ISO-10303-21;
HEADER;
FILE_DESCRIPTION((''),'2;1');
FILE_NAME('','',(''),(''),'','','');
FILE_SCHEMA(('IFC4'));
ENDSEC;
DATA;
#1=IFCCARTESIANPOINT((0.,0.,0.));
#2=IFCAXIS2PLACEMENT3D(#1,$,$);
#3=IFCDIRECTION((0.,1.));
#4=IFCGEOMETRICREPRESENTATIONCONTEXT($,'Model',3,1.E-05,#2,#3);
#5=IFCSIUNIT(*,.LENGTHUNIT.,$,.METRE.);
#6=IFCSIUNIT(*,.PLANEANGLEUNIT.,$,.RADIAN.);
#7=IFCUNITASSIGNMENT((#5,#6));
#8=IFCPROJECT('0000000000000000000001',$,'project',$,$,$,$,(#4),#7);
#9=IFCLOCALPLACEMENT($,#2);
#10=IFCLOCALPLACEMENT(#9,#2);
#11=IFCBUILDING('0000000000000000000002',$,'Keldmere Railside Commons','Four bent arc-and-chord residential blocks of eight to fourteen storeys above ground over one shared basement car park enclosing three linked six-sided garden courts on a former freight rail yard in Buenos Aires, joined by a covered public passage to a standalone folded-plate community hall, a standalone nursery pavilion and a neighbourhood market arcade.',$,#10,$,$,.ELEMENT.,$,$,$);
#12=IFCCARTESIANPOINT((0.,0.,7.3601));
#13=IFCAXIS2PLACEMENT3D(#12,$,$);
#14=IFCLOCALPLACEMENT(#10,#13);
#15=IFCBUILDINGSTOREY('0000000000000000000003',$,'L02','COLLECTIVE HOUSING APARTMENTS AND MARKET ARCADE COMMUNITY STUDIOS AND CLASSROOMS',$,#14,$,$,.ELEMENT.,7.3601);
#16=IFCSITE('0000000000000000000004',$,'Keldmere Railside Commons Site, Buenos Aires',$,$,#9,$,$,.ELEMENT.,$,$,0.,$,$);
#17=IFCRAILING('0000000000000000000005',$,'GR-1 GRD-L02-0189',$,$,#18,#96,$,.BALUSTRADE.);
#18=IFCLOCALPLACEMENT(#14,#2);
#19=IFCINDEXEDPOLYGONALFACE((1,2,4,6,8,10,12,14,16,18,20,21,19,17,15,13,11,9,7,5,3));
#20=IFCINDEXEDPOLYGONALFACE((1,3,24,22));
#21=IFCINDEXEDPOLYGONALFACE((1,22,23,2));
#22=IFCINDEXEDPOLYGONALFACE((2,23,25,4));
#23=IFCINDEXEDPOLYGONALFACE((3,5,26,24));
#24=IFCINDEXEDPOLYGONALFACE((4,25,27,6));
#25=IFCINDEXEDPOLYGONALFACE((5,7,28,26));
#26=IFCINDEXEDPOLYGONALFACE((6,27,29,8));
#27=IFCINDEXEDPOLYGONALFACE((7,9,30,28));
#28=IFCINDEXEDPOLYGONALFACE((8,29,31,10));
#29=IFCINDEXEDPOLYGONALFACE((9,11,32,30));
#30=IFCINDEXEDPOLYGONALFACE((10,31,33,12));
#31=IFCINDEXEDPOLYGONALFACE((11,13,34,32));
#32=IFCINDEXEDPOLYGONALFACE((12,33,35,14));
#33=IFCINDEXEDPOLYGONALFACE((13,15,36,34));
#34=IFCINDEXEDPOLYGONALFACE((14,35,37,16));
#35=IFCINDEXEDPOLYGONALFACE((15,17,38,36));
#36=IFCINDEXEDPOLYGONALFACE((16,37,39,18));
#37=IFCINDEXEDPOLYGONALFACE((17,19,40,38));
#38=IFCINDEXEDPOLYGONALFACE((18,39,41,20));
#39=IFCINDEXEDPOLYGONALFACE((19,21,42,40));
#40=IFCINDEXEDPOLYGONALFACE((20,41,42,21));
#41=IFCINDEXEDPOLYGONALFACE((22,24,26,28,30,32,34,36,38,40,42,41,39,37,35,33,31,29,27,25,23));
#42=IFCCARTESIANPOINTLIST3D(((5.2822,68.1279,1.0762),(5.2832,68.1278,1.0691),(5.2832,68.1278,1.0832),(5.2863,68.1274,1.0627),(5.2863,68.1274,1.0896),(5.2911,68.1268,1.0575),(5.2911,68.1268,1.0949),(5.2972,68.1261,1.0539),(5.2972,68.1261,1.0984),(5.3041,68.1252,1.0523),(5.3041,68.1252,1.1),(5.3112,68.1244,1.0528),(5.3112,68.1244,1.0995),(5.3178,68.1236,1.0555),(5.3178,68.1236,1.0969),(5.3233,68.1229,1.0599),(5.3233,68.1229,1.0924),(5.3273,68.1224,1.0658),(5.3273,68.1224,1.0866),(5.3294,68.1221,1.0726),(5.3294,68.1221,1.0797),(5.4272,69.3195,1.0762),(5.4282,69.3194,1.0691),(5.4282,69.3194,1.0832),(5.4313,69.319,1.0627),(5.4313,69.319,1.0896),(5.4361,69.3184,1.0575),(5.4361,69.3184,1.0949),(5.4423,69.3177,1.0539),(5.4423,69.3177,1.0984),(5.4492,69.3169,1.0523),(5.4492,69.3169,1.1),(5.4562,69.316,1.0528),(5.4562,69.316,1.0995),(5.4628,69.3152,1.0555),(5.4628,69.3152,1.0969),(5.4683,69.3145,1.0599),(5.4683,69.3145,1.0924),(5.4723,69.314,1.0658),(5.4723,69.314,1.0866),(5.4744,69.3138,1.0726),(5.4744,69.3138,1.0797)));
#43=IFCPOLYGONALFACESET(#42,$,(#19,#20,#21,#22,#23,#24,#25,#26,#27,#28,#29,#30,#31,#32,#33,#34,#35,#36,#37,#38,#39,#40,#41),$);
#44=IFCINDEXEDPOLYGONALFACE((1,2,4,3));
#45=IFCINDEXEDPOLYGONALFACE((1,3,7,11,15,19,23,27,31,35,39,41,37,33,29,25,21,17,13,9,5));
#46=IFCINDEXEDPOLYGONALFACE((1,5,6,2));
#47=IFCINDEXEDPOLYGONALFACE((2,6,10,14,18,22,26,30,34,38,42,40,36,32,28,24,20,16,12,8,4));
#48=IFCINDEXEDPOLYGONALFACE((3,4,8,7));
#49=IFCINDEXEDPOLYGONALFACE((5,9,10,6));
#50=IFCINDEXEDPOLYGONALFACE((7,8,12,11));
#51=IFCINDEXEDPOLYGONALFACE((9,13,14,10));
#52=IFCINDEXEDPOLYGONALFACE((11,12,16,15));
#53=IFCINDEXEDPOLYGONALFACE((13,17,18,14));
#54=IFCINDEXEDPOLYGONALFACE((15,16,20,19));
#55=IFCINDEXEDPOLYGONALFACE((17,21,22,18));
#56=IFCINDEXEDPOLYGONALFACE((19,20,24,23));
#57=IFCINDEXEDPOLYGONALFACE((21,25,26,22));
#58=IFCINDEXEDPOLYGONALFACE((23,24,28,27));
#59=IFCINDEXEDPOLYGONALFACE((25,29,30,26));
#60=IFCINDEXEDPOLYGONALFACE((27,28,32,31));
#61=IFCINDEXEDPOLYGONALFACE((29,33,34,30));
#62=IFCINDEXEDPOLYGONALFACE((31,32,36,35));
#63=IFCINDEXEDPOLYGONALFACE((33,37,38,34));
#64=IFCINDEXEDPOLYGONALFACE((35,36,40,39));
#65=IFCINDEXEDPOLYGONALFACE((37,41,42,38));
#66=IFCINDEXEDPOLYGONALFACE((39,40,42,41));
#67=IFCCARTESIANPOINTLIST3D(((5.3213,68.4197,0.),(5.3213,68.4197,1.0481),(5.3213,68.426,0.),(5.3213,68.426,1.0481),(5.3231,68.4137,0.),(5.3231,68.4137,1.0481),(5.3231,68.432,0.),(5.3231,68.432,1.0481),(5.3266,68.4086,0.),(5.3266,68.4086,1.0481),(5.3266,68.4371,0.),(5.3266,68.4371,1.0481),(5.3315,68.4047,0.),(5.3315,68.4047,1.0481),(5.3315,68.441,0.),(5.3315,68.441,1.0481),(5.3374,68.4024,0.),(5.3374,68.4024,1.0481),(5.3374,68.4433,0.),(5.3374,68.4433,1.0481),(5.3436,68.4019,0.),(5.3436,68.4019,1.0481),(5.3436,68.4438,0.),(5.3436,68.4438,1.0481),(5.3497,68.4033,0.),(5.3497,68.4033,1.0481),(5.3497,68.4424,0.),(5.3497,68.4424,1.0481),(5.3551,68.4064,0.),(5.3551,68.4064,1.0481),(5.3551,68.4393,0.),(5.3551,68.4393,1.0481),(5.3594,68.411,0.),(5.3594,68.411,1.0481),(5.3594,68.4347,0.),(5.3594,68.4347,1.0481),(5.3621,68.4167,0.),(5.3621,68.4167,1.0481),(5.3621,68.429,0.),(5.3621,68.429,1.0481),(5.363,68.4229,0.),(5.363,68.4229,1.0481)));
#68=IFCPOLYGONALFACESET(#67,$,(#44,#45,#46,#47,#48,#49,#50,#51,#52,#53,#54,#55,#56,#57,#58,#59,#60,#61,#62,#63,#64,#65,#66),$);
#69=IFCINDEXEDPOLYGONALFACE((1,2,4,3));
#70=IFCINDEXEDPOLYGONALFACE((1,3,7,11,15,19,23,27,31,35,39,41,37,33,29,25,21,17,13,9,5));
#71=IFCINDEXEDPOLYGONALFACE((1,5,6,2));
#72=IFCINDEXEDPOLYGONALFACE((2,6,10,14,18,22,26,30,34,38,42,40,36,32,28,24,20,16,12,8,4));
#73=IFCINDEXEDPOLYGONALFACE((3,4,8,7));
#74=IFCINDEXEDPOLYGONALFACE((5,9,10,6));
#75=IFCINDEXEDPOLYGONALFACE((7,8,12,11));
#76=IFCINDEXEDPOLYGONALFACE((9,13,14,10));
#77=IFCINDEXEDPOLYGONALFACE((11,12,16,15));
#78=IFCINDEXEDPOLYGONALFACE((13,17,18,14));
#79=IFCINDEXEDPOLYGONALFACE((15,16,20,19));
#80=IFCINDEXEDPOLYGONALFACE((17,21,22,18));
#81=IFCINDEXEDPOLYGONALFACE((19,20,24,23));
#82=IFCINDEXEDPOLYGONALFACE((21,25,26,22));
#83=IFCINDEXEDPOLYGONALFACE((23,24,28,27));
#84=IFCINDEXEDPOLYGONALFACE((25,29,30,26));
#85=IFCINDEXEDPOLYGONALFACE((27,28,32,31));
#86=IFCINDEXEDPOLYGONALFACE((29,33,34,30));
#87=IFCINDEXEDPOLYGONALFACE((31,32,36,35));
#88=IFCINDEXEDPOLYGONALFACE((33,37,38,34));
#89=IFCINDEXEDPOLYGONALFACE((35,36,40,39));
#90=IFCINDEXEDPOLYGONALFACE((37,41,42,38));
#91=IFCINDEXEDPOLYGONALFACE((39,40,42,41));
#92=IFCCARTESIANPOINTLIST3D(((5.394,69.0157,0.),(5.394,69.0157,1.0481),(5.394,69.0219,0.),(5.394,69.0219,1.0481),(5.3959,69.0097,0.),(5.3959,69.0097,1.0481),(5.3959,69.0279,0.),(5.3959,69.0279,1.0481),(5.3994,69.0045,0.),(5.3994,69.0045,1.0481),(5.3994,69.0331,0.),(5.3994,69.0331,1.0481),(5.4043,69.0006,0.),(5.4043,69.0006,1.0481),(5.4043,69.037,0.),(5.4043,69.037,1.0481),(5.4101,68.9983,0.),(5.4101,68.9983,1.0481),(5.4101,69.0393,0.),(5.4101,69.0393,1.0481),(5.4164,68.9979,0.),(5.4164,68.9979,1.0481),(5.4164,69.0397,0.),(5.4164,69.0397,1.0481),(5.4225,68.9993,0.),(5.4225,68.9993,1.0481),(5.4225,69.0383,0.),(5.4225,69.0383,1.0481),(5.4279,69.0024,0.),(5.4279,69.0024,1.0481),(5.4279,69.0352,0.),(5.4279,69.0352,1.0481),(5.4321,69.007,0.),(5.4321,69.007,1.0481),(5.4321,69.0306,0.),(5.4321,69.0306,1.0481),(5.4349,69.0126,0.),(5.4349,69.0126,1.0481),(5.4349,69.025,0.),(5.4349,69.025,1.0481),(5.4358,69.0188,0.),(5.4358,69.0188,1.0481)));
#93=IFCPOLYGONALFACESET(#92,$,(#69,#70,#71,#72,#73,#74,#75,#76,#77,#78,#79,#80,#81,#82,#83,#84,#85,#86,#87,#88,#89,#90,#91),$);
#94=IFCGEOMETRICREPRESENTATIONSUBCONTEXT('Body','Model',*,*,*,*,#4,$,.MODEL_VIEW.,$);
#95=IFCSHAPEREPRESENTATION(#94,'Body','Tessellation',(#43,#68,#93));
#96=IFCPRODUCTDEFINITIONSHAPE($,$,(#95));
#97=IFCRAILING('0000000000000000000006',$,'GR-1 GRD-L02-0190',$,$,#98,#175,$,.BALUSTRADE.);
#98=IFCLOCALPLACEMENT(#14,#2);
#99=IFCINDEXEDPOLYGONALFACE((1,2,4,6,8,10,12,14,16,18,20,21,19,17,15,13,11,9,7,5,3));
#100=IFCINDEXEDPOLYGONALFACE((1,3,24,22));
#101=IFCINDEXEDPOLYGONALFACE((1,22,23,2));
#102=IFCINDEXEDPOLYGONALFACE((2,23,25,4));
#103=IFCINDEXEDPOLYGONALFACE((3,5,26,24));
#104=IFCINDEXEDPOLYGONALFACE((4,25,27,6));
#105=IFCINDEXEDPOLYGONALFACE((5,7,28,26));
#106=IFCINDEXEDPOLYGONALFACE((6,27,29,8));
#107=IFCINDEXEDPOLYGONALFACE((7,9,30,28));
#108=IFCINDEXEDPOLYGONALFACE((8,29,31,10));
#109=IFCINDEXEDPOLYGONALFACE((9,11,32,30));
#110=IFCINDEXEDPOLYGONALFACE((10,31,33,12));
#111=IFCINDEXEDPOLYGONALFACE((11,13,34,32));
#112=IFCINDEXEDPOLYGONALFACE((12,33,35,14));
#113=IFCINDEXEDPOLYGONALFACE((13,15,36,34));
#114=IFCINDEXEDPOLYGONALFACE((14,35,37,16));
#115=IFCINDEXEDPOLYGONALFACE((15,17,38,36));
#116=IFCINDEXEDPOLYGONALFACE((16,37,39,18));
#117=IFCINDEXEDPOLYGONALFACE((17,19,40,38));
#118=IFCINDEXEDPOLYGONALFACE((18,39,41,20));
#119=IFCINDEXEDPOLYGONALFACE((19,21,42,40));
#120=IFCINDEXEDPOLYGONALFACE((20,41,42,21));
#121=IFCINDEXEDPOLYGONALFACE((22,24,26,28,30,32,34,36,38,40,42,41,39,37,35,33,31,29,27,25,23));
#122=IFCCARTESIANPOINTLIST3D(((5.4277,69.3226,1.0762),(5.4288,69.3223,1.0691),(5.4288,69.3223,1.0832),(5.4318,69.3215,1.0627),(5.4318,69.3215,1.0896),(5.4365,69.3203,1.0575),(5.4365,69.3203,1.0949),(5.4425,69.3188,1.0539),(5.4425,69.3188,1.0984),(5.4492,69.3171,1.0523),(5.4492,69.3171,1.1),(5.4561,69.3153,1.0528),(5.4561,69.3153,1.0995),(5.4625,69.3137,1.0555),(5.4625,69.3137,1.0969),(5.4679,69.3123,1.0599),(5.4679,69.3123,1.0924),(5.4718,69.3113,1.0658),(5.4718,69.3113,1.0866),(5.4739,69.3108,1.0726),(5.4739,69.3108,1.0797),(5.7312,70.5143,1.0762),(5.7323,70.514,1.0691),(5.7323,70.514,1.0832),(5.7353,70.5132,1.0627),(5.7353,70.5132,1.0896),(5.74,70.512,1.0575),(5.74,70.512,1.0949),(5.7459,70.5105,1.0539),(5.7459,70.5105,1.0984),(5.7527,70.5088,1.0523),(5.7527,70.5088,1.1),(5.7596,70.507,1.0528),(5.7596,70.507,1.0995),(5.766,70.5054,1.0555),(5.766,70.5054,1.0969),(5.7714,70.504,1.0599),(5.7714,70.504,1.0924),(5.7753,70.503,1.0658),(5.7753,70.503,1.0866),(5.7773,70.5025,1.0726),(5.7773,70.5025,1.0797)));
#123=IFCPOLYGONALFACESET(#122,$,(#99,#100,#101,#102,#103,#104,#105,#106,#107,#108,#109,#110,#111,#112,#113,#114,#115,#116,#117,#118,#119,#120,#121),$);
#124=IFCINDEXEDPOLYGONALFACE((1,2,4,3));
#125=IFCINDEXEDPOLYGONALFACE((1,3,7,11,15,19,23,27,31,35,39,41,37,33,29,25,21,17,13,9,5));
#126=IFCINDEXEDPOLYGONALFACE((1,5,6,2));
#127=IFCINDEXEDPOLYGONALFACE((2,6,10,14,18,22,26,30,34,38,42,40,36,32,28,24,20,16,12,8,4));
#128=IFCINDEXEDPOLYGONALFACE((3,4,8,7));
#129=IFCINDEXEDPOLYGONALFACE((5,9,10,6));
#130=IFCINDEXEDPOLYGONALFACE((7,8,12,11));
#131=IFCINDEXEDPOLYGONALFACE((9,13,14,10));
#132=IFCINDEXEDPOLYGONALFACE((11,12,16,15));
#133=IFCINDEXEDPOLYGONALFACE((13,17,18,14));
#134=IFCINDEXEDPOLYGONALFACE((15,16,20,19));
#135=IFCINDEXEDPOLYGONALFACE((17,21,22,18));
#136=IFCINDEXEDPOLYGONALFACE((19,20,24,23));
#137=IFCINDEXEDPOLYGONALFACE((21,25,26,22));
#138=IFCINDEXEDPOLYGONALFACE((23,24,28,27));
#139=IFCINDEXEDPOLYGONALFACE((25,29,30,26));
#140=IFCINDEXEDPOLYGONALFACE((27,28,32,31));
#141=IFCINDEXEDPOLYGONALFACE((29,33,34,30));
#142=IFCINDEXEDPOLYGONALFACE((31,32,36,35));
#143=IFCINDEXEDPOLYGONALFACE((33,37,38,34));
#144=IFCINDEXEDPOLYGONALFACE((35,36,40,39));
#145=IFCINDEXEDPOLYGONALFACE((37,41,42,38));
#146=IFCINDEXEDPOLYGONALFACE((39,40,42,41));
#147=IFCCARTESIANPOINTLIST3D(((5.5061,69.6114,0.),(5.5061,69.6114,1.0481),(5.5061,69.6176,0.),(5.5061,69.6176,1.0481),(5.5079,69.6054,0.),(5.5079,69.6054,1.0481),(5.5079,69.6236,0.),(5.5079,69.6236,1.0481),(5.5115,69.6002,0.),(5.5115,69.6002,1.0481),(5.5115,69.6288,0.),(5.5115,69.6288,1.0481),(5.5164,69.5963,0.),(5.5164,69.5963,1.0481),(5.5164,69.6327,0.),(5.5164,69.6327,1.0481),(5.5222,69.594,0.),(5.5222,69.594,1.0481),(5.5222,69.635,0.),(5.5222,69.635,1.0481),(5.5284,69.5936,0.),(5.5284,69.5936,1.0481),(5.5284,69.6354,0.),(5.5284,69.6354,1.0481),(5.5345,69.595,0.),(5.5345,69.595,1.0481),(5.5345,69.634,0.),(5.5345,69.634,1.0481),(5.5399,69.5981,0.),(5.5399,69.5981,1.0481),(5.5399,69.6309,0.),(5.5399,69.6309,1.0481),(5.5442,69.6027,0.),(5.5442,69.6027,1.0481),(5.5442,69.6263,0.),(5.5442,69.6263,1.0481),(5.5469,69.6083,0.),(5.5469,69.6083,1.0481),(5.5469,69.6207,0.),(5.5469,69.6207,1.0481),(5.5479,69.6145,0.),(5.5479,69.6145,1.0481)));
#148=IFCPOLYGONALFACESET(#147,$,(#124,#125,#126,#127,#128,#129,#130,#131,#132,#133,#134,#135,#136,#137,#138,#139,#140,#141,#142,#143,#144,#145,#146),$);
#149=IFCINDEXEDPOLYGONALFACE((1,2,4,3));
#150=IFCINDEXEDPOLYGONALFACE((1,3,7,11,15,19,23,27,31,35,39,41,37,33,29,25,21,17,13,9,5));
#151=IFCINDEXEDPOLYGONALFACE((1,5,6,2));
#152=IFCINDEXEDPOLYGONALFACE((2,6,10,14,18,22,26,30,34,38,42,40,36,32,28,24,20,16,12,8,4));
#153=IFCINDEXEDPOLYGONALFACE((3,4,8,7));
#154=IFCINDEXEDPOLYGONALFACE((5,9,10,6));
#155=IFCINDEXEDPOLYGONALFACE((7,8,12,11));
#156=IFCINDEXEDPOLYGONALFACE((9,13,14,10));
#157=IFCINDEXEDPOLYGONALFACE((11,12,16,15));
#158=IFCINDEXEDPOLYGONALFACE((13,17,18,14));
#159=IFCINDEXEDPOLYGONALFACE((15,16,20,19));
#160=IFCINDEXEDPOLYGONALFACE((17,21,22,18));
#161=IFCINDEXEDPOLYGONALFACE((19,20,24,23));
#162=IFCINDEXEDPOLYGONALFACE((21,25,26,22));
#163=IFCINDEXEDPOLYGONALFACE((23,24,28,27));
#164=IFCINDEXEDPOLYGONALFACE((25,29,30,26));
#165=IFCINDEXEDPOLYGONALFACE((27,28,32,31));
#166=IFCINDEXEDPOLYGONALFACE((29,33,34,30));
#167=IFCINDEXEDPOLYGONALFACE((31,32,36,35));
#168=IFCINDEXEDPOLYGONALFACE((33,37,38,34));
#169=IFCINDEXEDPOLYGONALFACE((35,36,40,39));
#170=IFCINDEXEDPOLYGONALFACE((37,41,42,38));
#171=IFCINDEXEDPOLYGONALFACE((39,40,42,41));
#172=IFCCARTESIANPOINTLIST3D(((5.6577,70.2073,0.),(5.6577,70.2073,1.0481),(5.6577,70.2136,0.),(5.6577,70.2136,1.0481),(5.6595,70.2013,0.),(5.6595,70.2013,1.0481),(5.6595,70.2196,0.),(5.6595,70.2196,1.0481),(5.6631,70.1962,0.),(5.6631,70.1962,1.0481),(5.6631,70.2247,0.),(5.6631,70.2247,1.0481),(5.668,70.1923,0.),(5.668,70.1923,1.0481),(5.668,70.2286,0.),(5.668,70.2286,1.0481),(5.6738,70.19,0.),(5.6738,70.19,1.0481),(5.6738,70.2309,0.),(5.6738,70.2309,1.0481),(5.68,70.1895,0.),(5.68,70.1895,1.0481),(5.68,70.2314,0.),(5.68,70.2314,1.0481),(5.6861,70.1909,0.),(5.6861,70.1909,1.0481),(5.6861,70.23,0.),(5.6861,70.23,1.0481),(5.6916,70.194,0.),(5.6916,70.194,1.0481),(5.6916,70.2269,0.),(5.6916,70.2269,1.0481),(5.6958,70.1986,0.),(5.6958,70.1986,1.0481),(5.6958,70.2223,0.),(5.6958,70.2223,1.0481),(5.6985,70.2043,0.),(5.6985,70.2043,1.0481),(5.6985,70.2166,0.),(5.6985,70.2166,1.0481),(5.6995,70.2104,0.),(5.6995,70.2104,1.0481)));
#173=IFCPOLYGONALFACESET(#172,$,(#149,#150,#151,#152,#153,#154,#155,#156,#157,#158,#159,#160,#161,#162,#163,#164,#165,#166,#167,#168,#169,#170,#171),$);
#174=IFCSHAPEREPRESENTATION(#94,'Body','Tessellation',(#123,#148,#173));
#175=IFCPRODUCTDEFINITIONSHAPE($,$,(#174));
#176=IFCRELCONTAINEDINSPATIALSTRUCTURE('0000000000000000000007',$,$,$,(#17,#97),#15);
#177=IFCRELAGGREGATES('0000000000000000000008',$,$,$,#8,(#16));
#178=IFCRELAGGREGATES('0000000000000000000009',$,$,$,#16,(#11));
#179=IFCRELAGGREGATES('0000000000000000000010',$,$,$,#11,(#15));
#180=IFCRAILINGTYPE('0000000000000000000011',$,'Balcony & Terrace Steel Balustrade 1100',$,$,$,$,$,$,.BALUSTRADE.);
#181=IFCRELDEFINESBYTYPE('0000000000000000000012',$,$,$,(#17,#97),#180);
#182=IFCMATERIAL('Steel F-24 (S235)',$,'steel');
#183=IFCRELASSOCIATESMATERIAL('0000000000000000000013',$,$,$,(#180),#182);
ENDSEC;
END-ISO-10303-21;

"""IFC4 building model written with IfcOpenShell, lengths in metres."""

from ifc_helpers import new_model, si_unit, direction, frame, origin, origin_2d, place, context, subcontext, project, spatial, circle, extrude, material, type_object, element, save


model = new_model("IFC4")

# Units and contexts
model_context = context("Model", 3, precision=1e-05, world=origin(), true_north=direction((0.0, 1.0)))
body_context = subcontext(model_context, "Body", "Model", "MODEL_VIEW")
ifc_project = project(units=[si_unit("LENGTHUNIT", "METRE"), si_unit("PLANEANGLEUNIT", "RADIAN")], contexts=[model_context])

# Site, building, storey
site_placement = place(None, origin())
site = spatial("IfcSite", under=ifc_project, at=site_placement, Name="Keldmere Railside Commons Site, Buenos Aires", CompositionType="ELEMENT", RefElevation=0.0)
building_placement = place(site_placement, origin())
building = spatial("IfcBuilding", under=site, at=building_placement, Name="Keldmere Railside Commons", Description="Four bent arc-and-chord residential blocks of eight to fourteen storeys above ground over one shared basement car park enclosing three linked six-sided garden courts on a former freight rail yard in Buenos Aires, joined by a covered public passage to a standalone folded-plate community hall, a standalone nursery pavilion and a neighbourhood market arcade.", CompositionType="ELEMENT")
storey_placement = place(building_placement, frame((0.0, 0.0, 7.3601)))
storey = spatial("IfcBuildingStorey", under=building, at=storey_placement, Name="L02", Description="COLLECTIVE HOUSING APARTMENTS AND MARKET ARCADE COMMUNITY STUDIOS AND CLASSROOMS", CompositionType="ELEMENT", Elevation=7.3601)

# Shared definitions
ifc_material_1 = material(Name="Steel F-24 (S235)", Category="steel")

# Railings
railing_type_1 = type_object("IfcRailingType", Name="Balcony & Terrace Steel Balustrade 1100", PredefinedType="BALUSTRADE", material=ifc_material_1)
railing_1_placement = place(storey_placement, frame((5.3059, 68.125, 0.0)))
element("IfcRailing", 1, at=railing_1_placement, inside=storey, type_object=railing_type_1, Name="GR-1 GRD-L02-0189", PredefinedType="BALUSTRADE", context=body_context, shape_type="SweptSolid", body=[
    extrude(circle(Radius=0.0239, at=origin_2d()), frame((0.0, 0.0, 1.0762), z_axis=(0.120805, 0.992676, 0.0), x_axis=(-0.992676, 0.120805, 0.0)), (0.0, 0.0, 1.0), 1.2004),
    extrude(circle(Radius=0.021, at=origin_2d()), frame((0.0361, 0.2979, 0.0)), (0.0, 0.0, 1.0), 1.0481),
    extrude(circle(Radius=0.021, at=origin_2d()), frame((0.1089, 0.8938, 0.0)), (0.0, 0.0, 1.0), 1.0481),
])
railing_2_placement = place(storey_placement, frame((5.4509, 69.3167, 0.0)))
element("IfcRailing", 2, at=railing_2_placement, inside=storey, type_object=railing_type_1, Name="GR-1 GRD-L02-0190", PredefinedType="BALUSTRADE", context=body_context, shape_type="SweptSolid", body=[
    extrude(circle(Radius=0.0239, at=origin_2d()), frame((0.0, 0.0, 1.0762), z_axis=(0.246784, 0.96907, 0.0), x_axis=(-0.96907, 0.246784, 0.0)), (0.0, 0.0, 1.0), 1.2297),
    extrude(circle(Radius=0.021, at=origin_2d()), frame((0.0759, 0.2979, 0.0)), (0.0, 0.0, 1.0), 1.0481),
    extrude(circle(Radius=0.021, at=origin_2d()), frame((0.2275, 0.8938, 0.0)), (0.0, 0.0, 1.0), 1.0481),
])

save(model, "model.ifc")
